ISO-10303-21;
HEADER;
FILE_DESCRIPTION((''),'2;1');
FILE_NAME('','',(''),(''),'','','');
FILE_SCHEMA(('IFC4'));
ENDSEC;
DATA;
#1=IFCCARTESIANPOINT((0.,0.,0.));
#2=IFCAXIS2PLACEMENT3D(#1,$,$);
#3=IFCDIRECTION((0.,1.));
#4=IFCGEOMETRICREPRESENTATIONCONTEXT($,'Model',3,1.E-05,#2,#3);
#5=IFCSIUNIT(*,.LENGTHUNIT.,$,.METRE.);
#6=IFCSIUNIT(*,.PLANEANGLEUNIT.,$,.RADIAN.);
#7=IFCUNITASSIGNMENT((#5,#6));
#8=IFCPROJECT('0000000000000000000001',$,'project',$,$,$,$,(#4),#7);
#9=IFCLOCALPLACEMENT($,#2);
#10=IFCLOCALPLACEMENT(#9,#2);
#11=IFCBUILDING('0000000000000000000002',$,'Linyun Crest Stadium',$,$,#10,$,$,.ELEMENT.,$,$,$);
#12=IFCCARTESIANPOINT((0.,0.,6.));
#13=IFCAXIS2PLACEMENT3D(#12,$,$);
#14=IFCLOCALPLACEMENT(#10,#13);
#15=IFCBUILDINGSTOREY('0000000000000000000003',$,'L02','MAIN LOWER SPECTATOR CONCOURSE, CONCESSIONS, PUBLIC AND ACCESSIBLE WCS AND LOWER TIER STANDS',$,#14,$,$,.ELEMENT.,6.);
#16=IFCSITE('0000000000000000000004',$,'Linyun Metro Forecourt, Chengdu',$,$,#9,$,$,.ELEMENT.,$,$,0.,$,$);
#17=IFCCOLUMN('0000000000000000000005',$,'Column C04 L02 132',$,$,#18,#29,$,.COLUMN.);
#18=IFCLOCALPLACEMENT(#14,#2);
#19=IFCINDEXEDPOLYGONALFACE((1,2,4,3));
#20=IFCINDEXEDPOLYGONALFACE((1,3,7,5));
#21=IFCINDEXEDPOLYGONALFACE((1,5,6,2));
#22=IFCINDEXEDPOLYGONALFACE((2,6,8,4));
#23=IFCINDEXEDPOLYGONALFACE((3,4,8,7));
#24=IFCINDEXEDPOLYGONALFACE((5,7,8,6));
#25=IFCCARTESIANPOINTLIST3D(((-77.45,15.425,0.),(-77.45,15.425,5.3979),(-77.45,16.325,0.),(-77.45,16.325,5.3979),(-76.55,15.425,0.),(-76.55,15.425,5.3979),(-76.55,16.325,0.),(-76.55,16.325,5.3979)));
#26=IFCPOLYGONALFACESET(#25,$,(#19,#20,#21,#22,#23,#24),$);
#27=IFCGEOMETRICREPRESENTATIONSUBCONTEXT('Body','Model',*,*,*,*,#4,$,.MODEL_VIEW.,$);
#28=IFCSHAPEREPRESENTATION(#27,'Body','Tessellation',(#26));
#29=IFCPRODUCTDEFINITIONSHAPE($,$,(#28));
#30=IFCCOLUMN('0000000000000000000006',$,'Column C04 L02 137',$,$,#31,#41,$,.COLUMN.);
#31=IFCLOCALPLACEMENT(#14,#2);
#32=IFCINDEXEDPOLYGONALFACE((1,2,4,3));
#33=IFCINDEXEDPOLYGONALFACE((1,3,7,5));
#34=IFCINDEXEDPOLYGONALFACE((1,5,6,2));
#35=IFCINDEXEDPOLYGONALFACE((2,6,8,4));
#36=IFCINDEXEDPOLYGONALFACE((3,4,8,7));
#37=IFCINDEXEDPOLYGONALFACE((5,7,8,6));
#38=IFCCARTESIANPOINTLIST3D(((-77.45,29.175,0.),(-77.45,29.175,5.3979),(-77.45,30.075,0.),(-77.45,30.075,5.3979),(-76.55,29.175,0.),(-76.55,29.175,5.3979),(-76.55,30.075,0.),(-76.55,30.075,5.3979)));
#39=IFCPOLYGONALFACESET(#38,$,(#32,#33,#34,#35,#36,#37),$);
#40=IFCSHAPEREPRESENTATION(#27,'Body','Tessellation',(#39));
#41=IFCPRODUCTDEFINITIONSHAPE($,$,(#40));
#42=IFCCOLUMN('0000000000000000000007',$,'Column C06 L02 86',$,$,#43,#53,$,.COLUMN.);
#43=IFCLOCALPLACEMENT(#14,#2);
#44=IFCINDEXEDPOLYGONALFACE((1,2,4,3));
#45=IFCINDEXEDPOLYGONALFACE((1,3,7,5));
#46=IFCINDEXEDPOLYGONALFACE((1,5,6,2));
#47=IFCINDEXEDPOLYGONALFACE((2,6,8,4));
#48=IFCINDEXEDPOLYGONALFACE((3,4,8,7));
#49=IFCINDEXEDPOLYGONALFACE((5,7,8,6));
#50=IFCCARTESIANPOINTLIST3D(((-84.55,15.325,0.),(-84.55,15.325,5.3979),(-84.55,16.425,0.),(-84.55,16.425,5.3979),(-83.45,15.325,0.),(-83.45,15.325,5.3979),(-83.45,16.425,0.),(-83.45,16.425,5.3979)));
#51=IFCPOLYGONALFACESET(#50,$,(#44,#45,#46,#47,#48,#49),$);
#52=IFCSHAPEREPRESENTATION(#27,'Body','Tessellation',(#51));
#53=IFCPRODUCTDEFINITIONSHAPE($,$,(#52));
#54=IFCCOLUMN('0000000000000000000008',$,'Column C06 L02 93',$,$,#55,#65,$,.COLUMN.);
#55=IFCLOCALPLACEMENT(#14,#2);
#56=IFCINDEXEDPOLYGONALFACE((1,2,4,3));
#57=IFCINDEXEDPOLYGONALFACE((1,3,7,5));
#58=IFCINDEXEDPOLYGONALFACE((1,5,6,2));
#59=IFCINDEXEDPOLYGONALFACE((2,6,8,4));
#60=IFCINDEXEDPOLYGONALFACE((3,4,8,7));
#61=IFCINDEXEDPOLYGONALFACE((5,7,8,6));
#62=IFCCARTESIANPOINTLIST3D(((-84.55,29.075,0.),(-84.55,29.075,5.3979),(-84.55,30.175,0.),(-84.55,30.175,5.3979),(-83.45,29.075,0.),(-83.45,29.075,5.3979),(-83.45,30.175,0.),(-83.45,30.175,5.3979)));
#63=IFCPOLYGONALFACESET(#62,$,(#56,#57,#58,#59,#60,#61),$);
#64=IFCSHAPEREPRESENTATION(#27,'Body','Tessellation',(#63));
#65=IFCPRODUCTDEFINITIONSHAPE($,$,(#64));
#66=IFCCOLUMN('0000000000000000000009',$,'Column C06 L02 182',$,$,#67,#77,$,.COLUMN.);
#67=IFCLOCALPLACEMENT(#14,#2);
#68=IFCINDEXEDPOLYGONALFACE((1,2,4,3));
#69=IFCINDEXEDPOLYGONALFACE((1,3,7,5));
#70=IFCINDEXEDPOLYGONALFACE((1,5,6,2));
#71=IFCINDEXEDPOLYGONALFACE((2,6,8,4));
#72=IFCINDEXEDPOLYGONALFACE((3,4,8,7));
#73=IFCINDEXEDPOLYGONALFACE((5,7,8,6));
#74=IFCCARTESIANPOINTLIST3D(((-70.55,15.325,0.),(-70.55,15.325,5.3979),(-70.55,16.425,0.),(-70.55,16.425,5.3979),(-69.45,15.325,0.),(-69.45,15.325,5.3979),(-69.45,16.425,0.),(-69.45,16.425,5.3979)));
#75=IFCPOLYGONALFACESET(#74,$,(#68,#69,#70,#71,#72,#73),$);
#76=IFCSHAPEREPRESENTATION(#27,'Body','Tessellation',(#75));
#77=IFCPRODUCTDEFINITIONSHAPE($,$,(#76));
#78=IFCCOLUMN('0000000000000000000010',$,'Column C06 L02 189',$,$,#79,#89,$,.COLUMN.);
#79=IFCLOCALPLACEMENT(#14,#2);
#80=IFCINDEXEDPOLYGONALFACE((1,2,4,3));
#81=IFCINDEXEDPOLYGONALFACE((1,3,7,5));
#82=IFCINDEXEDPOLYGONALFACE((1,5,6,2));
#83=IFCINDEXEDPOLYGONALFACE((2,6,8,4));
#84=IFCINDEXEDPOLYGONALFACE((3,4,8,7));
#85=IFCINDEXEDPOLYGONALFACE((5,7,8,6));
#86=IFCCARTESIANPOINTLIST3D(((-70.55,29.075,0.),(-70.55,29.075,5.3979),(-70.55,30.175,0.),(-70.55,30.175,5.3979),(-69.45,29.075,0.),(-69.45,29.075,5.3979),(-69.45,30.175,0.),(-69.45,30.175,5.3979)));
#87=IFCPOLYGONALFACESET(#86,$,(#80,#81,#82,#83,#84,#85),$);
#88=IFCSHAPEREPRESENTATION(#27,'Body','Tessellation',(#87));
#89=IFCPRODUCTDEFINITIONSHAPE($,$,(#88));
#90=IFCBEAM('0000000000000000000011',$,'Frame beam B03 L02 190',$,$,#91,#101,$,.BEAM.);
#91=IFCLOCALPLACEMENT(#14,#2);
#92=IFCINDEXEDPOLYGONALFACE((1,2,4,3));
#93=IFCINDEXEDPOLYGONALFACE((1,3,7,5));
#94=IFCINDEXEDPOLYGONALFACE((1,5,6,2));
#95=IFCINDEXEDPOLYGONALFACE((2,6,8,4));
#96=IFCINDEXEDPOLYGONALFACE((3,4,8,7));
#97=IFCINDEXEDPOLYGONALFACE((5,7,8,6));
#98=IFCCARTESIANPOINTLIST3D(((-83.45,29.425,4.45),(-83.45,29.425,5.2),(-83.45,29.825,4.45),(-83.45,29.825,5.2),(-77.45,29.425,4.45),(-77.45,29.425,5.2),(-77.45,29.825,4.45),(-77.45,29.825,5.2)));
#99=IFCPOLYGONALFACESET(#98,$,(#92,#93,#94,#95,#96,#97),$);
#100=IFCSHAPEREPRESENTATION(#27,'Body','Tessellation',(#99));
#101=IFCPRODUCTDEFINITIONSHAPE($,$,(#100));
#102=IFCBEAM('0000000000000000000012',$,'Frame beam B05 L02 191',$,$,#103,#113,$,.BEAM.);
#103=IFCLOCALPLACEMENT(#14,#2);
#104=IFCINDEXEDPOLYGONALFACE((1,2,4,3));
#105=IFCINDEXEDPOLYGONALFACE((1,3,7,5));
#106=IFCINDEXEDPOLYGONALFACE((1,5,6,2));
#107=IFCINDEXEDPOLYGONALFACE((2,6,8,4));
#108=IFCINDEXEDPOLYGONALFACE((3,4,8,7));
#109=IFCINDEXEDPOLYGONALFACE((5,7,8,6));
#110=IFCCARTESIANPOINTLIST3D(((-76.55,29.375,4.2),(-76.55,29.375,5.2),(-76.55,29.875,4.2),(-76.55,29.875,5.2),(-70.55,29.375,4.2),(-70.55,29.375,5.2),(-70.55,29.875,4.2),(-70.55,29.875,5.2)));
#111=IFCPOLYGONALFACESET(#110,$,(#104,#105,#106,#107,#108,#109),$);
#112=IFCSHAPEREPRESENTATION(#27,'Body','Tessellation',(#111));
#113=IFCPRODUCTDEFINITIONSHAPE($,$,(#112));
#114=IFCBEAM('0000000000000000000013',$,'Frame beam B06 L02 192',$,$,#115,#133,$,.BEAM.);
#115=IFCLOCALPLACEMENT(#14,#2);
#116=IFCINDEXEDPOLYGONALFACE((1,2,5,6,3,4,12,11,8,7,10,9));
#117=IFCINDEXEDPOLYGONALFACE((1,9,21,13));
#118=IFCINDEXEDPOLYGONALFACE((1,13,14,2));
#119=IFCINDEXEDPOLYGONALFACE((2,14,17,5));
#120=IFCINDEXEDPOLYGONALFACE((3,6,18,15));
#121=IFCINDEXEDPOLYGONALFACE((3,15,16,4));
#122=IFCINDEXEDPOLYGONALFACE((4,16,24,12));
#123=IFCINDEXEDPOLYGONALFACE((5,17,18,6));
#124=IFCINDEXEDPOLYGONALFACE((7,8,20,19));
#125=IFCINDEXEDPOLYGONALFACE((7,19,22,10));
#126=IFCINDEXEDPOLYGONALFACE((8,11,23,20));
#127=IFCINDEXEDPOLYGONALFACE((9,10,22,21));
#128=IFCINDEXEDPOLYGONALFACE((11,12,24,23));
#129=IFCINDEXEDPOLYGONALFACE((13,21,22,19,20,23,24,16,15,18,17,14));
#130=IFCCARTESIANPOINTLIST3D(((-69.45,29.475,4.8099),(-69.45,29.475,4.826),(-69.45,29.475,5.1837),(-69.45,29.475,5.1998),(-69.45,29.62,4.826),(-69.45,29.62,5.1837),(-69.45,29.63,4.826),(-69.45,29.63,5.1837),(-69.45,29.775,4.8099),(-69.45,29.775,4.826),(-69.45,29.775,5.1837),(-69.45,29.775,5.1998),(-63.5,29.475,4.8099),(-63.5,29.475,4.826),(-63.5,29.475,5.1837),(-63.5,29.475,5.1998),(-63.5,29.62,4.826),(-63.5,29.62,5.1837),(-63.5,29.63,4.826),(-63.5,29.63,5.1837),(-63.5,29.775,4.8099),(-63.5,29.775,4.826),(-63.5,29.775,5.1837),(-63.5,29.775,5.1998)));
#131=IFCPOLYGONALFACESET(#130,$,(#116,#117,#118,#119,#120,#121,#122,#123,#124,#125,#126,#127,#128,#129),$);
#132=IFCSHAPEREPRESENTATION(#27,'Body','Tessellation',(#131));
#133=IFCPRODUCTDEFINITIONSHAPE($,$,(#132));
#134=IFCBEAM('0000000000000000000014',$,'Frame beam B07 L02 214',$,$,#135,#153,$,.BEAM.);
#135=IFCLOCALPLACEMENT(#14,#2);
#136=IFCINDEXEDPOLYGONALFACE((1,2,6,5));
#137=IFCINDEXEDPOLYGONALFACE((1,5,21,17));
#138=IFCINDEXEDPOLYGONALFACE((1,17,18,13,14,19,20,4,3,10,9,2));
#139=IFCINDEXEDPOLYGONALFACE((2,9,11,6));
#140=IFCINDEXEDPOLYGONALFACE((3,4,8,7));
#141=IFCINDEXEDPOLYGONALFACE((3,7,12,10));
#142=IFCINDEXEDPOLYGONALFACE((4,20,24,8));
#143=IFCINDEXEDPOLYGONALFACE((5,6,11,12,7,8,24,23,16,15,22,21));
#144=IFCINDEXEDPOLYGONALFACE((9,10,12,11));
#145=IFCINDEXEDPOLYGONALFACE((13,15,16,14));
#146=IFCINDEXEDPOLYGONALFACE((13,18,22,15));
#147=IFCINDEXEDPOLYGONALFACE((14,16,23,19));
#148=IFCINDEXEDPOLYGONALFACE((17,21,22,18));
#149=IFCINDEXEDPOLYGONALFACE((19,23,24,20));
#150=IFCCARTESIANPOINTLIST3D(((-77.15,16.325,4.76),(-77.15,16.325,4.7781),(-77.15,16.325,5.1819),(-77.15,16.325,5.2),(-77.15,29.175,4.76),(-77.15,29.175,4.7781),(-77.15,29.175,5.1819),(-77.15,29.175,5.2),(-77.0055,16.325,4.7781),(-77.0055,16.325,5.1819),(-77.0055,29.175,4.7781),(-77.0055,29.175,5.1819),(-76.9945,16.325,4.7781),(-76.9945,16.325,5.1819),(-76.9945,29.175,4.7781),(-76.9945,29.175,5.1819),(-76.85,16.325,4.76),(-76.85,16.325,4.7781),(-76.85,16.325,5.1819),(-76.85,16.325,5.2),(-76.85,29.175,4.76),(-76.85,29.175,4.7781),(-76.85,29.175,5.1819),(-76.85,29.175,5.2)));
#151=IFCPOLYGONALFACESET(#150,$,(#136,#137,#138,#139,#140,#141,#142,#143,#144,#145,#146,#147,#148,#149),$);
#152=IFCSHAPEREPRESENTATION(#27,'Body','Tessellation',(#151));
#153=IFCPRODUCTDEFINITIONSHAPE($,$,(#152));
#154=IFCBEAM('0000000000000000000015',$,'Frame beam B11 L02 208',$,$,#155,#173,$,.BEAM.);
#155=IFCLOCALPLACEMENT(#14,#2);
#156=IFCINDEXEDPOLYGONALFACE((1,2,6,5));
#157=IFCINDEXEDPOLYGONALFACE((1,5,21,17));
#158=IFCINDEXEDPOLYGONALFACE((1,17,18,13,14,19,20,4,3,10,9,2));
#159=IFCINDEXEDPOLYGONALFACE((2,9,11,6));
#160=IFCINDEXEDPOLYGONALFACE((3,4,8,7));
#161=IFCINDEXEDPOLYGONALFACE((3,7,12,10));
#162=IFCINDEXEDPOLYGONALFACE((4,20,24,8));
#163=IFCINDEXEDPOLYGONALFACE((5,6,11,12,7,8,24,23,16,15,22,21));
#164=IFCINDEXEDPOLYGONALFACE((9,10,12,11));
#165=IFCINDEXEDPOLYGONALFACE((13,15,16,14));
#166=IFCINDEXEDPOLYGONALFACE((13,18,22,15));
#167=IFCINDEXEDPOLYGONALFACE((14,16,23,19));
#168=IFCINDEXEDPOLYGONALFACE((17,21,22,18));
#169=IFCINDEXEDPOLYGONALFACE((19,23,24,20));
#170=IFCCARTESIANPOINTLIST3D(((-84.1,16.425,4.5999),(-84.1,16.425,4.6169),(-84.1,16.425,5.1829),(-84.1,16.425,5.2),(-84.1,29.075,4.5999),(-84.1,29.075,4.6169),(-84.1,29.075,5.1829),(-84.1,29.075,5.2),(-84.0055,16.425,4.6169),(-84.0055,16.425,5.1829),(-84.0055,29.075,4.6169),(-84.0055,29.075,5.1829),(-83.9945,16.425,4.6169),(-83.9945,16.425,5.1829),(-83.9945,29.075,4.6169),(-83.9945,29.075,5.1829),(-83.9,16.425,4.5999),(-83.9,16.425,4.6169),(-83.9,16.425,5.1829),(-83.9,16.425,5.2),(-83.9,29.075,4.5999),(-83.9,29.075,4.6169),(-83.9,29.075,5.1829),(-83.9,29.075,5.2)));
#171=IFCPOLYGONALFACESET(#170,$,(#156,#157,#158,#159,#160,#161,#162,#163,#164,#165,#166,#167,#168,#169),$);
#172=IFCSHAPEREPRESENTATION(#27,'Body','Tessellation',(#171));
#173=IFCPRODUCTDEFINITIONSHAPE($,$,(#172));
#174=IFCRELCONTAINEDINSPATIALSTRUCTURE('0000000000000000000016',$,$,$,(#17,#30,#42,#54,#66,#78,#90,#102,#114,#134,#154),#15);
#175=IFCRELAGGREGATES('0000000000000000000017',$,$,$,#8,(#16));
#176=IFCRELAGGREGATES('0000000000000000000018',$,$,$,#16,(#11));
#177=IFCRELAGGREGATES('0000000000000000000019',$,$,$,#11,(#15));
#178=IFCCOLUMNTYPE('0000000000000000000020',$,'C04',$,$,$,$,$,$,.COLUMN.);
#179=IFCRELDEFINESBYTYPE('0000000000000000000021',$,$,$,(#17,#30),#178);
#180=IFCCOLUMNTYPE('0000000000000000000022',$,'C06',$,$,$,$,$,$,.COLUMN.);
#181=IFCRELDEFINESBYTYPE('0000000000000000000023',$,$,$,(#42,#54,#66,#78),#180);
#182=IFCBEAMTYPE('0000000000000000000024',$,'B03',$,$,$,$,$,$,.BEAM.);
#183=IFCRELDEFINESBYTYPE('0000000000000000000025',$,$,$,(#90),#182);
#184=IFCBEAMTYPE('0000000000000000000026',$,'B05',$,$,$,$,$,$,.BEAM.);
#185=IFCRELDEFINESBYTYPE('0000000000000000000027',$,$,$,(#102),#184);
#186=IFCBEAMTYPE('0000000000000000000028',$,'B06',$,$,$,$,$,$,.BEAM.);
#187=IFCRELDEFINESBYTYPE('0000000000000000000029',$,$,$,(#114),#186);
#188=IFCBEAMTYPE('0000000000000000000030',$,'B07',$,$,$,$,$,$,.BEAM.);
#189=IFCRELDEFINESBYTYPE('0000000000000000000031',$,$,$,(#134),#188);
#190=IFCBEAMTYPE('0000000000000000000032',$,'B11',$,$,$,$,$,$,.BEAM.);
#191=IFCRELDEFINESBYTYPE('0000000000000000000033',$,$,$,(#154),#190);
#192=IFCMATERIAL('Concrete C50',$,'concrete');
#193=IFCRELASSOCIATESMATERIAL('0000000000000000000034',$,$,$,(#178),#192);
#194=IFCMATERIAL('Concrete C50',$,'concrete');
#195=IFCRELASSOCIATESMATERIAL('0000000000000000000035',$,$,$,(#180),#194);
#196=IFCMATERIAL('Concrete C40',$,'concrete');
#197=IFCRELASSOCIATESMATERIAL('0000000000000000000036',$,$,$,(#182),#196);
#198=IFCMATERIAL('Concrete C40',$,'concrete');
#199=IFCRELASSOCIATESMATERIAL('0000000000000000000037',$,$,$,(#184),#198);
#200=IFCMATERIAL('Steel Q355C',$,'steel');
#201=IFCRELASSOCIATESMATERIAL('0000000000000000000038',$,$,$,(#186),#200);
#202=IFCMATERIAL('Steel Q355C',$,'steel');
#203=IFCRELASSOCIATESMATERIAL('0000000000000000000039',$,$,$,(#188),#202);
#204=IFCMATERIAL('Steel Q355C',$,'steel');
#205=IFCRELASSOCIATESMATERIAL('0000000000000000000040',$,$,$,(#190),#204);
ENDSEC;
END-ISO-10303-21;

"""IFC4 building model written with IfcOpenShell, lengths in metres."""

from ifc_helpers import new_model, si_unit, direction, frame, origin, origin_2d, place, context, subcontext, project, spatial, rectangle, i_section, extrude, material, material_profile, profile_set, type_object, element, save


model = new_model("IFC4")

# Units and contexts
model_context = context("Model", 3, precision=1e-05, world=origin(), true_north=direction((0.0, 1.0)))
body_context = subcontext(model_context, "Body", "Model", "MODEL_VIEW")
ifc_project = project(units=[si_unit("LENGTHUNIT", "METRE"), si_unit("PLANEANGLEUNIT", "RADIAN")], contexts=[model_context])

# Site, building, storey
site_placement = place(None, origin())
site = spatial("IfcSite", under=ifc_project, at=site_placement, Name="Linyun Metro Forecourt, Chengdu", CompositionType="ELEMENT", RefElevation=0.0)
building_placement = place(site_placement, origin())
building = spatial("IfcBuilding", under=site, at=building_placement, Name="Linyun Crest Stadium", CompositionType="ELEMENT")
storey_placement = place(building_placement, frame((0.0, 0.0, 6.0)))
storey = spatial("IfcBuildingStorey", under=building, at=storey_placement, Name="L02", Description="MAIN LOWER SPECTATOR CONCOURSE, CONCESSIONS, PUBLIC AND ACCESSIBLE WCS AND LOWER TIER STANDS", CompositionType="ELEMENT", Elevation=6.0)

# Columns
ifc_material_1 = material(Name="Concrete C50", Category="concrete")
ifc_material_profile_1 = material_profile(ifc_material_1, rectangle(XDim=0.8999, YDim=0.8999, at=origin_2d()), Name="RC 900x900")
ifc_profile_set_1 = profile_set([ifc_material_profile_1], Name="Concrete C50")
column_type_1 = type_object("IfcColumnType", Name="C04", PredefinedType="COLUMN", material=ifc_profile_set_1)
for number, where, z_axis, x_axis, name in (
    (1, (-77.0, 15.875, 0.0), (0.0, 0.0, 1.0), (1.0, 0.0, 0.0), "Column C04 L02 132"),
    (2, (-77.0, 29.625, 0.0), (0.0, 0.0, 1.0), (1.0, 0.0, 0.0), "Column C04 L02 137"),
):
    element("IfcColumn", number, at=place(storey_placement, frame(where, z_axis=z_axis, x_axis=x_axis)), inside=storey, type_object=column_type_1, Name=name, PredefinedType="COLUMN", context=body_context, shape_type="SweptSolid", body=[
        extrude(rectangle(XDim=0.8999, YDim=0.8999, at=origin_2d()), origin(), (0.0, 0.0, 1.0), 5.3979),
    ])
ifc_material_2 = material(Name="Concrete C50", Category="concrete")
ifc_material_profile_2 = material_profile(ifc_material_2, rectangle(XDim=1.1001, YDim=1.1001, at=origin_2d()), Name="RC 1100x1100")
ifc_profile_set_2 = profile_set([ifc_material_profile_2], Name="Concrete C50")
column_type_2 = type_object("IfcColumnType", Name="C06", PredefinedType="COLUMN", material=ifc_profile_set_2)
for number, where, z_axis, x_axis, name in (
    (3, (-84.0, 15.875, 0.0), (0.0, 0.0, 1.0), (1.0, 0.0, 0.0), "Column C06 L02 86"),
    (4, (-84.0, 29.625, 0.0), (0.0, 0.0, 1.0), (1.0, 0.0, 0.0), "Column C06 L02 93"),
    (5, (-70.0, 15.875, 0.0), (0.0, 0.0, 1.0), (1.0, 0.0, 0.0), "Column C06 L02 182"),
    (6, (-70.0, 29.625, 0.0), (0.0, 0.0, 1.0), (1.0, 0.0, 0.0), "Column C06 L02 189"),
):
    element("IfcColumn", number, at=place(storey_placement, frame(where, z_axis=z_axis, x_axis=x_axis)), inside=storey, type_object=column_type_2, Name=name, PredefinedType="COLUMN", context=body_context, shape_type="SweptSolid", body=[
        extrude(rectangle(XDim=1.1001, YDim=1.1001, at=origin_2d()), origin(), (0.0, 0.0, 1.0), 5.3979),
    ])

# Beams
ifc_material_3 = material(Name="Concrete C40", Category="concrete")
ifc_material_profile_3 = material_profile(ifc_material_3, rectangle(XDim=0.3999, YDim=0.75, at=origin_2d()), Name="RCB 750x400")
ifc_profile_set_3 = profile_set([ifc_material_profile_3], Name="Concrete C40")
beam_type_1 = type_object("IfcBeamType", Name="B03", PredefinedType="BEAM", material=ifc_profile_set_3)
beam_1_placement = place(storey_placement, frame((-83.45, 29.625, 4.825), z_axis=(1.0, 0.0, 0.0), x_axis=(0.0, 1.0, 0.0)))
element("IfcBeam", 7, at=beam_1_placement, inside=storey, type_object=beam_type_1, Name="Frame beam B03 L02 190", PredefinedType="BEAM", context=body_context, shape_type="SweptSolid", body=[
    extrude(rectangle(XDim=0.3999, YDim=0.75, at=origin_2d()), origin(), (0.0, 0.0, 1.0), 6.0),
])
ifc_material_4 = material(Name="Concrete C40", Category="concrete")
ifc_material_profile_4 = material_profile(ifc_material_4, rectangle(XDim=0.5, YDim=1.0, at=origin_2d()), Name="RCB 1000x500")
ifc_profile_set_4 = profile_set([ifc_material_profile_4], Name="Concrete C40")
beam_type_2 = type_object("IfcBeamType", Name="B05", PredefinedType="BEAM", material=ifc_profile_set_4)
beam_2_placement = place(storey_placement, frame((-76.55, 29.625, 4.7), z_axis=(1.0, 0.0, 0.0), x_axis=(0.0, 1.0, 0.0)))
element("IfcBeam", 8, at=beam_2_placement, inside=storey, type_object=beam_type_2, Name="Frame beam B05 L02 191", PredefinedType="BEAM", context=body_context, shape_type="SweptSolid", body=[
    extrude(rectangle(XDim=0.5, YDim=1.0, at=origin_2d()), origin(), (0.0, 0.0, 1.0), 6.0),
])
ifc_material_5 = material(Name="Steel Q355C", Category="steel")
ifc_material_profile_5 = material_profile(ifc_material_5, i_section(OverallWidth=0.3, OverallDepth=0.3899, WebThickness=0.01, FlangeThickness=0.0161, at=origin_2d()), Name="HM 390x300")
ifc_profile_set_5 = profile_set([ifc_material_profile_5], Name="Steel Q355C")
beam_type_3 = type_object("IfcBeamType", Name="B06", PredefinedType="BEAM", material=ifc_profile_set_5)
beam_3_placement = place(storey_placement, frame((-69.45, 29.625, 5.0049), z_axis=(1.0, 0.0, 0.0), x_axis=(0.0, 1.0, 0.0)))
element("IfcBeam", 9, at=beam_3_placement, inside=storey, type_object=beam_type_3, Name="Frame beam B06 L02 192", PredefinedType="BEAM", context=body_context, shape_type="SweptSolid", body=[
    extrude(i_section(OverallWidth=0.3, OverallDepth=0.3899, WebThickness=0.01, FlangeThickness=0.0161, at=origin_2d()), origin(), (0.0, 0.0, 1.0), 5.95),
])
ifc_material_6 = material(Name="Steel Q355C", Category="steel")
ifc_material_profile_6 = material_profile(ifc_material_6, i_section(OverallWidth=0.3, OverallDepth=0.4399, WebThickness=0.011, FlangeThickness=0.0181, at=origin_2d()), Name="HM 440x300")
ifc_profile_set_6 = profile_set([ifc_material_profile_6], Name="Steel Q355C")
beam_type_4 = type_object("IfcBeamType", Name="B07", PredefinedType="BEAM", material=ifc_profile_set_6)
beam_4_placement = place(storey_placement, frame((-77.0, 16.325, 4.98), z_axis=(0.0, 1.0, 0.0), x_axis=(-1.0, 0.0, 0.0)))
element("IfcBeam", 10, at=beam_4_placement, inside=storey, type_object=beam_type_4, Name="Frame beam B07 L02 214", PredefinedType="BEAM", context=body_context, shape_type="SweptSolid", body=[
    extrude(i_section(OverallWidth=0.3, OverallDepth=0.4399, WebThickness=0.011, FlangeThickness=0.0181, at=origin_2d()), origin(), (0.0, 0.0, 1.0), 12.8501),
])
ifc_material_7 = material(Name="Steel Q355C", Category="steel")
ifc_material_profile_7 = material_profile(ifc_material_7, i_section(OverallWidth=0.2, OverallDepth=0.6001, WebThickness=0.011, FlangeThickness=0.0171, at=origin_2d()), Name="HN 600x200")
ifc_profile_set_7 = profile_set([ifc_material_profile_7], Name="Steel Q355C")
beam_type_5 = type_object("IfcBeamType", Name="B11", PredefinedType="BEAM", material=ifc_profile_set_7)
beam_5_placement = place(storey_placement, frame((-84.0, 16.425, 4.8999), z_axis=(0.0, 1.0, 0.0), x_axis=(-1.0, 0.0, 0.0)))
element("IfcBeam", 11, at=beam_5_placement, inside=storey, type_object=beam_type_5, Name="Frame beam B11 L02 208", PredefinedType="BEAM", context=body_context, shape_type="SweptSolid", body=[
    extrude(i_section(OverallWidth=0.2, OverallDepth=0.6001, WebThickness=0.011, FlangeThickness=0.0171, at=origin_2d()), origin(), (0.0, 0.0, 1.0), 12.6499),
])

save(model, "model.ifc")
